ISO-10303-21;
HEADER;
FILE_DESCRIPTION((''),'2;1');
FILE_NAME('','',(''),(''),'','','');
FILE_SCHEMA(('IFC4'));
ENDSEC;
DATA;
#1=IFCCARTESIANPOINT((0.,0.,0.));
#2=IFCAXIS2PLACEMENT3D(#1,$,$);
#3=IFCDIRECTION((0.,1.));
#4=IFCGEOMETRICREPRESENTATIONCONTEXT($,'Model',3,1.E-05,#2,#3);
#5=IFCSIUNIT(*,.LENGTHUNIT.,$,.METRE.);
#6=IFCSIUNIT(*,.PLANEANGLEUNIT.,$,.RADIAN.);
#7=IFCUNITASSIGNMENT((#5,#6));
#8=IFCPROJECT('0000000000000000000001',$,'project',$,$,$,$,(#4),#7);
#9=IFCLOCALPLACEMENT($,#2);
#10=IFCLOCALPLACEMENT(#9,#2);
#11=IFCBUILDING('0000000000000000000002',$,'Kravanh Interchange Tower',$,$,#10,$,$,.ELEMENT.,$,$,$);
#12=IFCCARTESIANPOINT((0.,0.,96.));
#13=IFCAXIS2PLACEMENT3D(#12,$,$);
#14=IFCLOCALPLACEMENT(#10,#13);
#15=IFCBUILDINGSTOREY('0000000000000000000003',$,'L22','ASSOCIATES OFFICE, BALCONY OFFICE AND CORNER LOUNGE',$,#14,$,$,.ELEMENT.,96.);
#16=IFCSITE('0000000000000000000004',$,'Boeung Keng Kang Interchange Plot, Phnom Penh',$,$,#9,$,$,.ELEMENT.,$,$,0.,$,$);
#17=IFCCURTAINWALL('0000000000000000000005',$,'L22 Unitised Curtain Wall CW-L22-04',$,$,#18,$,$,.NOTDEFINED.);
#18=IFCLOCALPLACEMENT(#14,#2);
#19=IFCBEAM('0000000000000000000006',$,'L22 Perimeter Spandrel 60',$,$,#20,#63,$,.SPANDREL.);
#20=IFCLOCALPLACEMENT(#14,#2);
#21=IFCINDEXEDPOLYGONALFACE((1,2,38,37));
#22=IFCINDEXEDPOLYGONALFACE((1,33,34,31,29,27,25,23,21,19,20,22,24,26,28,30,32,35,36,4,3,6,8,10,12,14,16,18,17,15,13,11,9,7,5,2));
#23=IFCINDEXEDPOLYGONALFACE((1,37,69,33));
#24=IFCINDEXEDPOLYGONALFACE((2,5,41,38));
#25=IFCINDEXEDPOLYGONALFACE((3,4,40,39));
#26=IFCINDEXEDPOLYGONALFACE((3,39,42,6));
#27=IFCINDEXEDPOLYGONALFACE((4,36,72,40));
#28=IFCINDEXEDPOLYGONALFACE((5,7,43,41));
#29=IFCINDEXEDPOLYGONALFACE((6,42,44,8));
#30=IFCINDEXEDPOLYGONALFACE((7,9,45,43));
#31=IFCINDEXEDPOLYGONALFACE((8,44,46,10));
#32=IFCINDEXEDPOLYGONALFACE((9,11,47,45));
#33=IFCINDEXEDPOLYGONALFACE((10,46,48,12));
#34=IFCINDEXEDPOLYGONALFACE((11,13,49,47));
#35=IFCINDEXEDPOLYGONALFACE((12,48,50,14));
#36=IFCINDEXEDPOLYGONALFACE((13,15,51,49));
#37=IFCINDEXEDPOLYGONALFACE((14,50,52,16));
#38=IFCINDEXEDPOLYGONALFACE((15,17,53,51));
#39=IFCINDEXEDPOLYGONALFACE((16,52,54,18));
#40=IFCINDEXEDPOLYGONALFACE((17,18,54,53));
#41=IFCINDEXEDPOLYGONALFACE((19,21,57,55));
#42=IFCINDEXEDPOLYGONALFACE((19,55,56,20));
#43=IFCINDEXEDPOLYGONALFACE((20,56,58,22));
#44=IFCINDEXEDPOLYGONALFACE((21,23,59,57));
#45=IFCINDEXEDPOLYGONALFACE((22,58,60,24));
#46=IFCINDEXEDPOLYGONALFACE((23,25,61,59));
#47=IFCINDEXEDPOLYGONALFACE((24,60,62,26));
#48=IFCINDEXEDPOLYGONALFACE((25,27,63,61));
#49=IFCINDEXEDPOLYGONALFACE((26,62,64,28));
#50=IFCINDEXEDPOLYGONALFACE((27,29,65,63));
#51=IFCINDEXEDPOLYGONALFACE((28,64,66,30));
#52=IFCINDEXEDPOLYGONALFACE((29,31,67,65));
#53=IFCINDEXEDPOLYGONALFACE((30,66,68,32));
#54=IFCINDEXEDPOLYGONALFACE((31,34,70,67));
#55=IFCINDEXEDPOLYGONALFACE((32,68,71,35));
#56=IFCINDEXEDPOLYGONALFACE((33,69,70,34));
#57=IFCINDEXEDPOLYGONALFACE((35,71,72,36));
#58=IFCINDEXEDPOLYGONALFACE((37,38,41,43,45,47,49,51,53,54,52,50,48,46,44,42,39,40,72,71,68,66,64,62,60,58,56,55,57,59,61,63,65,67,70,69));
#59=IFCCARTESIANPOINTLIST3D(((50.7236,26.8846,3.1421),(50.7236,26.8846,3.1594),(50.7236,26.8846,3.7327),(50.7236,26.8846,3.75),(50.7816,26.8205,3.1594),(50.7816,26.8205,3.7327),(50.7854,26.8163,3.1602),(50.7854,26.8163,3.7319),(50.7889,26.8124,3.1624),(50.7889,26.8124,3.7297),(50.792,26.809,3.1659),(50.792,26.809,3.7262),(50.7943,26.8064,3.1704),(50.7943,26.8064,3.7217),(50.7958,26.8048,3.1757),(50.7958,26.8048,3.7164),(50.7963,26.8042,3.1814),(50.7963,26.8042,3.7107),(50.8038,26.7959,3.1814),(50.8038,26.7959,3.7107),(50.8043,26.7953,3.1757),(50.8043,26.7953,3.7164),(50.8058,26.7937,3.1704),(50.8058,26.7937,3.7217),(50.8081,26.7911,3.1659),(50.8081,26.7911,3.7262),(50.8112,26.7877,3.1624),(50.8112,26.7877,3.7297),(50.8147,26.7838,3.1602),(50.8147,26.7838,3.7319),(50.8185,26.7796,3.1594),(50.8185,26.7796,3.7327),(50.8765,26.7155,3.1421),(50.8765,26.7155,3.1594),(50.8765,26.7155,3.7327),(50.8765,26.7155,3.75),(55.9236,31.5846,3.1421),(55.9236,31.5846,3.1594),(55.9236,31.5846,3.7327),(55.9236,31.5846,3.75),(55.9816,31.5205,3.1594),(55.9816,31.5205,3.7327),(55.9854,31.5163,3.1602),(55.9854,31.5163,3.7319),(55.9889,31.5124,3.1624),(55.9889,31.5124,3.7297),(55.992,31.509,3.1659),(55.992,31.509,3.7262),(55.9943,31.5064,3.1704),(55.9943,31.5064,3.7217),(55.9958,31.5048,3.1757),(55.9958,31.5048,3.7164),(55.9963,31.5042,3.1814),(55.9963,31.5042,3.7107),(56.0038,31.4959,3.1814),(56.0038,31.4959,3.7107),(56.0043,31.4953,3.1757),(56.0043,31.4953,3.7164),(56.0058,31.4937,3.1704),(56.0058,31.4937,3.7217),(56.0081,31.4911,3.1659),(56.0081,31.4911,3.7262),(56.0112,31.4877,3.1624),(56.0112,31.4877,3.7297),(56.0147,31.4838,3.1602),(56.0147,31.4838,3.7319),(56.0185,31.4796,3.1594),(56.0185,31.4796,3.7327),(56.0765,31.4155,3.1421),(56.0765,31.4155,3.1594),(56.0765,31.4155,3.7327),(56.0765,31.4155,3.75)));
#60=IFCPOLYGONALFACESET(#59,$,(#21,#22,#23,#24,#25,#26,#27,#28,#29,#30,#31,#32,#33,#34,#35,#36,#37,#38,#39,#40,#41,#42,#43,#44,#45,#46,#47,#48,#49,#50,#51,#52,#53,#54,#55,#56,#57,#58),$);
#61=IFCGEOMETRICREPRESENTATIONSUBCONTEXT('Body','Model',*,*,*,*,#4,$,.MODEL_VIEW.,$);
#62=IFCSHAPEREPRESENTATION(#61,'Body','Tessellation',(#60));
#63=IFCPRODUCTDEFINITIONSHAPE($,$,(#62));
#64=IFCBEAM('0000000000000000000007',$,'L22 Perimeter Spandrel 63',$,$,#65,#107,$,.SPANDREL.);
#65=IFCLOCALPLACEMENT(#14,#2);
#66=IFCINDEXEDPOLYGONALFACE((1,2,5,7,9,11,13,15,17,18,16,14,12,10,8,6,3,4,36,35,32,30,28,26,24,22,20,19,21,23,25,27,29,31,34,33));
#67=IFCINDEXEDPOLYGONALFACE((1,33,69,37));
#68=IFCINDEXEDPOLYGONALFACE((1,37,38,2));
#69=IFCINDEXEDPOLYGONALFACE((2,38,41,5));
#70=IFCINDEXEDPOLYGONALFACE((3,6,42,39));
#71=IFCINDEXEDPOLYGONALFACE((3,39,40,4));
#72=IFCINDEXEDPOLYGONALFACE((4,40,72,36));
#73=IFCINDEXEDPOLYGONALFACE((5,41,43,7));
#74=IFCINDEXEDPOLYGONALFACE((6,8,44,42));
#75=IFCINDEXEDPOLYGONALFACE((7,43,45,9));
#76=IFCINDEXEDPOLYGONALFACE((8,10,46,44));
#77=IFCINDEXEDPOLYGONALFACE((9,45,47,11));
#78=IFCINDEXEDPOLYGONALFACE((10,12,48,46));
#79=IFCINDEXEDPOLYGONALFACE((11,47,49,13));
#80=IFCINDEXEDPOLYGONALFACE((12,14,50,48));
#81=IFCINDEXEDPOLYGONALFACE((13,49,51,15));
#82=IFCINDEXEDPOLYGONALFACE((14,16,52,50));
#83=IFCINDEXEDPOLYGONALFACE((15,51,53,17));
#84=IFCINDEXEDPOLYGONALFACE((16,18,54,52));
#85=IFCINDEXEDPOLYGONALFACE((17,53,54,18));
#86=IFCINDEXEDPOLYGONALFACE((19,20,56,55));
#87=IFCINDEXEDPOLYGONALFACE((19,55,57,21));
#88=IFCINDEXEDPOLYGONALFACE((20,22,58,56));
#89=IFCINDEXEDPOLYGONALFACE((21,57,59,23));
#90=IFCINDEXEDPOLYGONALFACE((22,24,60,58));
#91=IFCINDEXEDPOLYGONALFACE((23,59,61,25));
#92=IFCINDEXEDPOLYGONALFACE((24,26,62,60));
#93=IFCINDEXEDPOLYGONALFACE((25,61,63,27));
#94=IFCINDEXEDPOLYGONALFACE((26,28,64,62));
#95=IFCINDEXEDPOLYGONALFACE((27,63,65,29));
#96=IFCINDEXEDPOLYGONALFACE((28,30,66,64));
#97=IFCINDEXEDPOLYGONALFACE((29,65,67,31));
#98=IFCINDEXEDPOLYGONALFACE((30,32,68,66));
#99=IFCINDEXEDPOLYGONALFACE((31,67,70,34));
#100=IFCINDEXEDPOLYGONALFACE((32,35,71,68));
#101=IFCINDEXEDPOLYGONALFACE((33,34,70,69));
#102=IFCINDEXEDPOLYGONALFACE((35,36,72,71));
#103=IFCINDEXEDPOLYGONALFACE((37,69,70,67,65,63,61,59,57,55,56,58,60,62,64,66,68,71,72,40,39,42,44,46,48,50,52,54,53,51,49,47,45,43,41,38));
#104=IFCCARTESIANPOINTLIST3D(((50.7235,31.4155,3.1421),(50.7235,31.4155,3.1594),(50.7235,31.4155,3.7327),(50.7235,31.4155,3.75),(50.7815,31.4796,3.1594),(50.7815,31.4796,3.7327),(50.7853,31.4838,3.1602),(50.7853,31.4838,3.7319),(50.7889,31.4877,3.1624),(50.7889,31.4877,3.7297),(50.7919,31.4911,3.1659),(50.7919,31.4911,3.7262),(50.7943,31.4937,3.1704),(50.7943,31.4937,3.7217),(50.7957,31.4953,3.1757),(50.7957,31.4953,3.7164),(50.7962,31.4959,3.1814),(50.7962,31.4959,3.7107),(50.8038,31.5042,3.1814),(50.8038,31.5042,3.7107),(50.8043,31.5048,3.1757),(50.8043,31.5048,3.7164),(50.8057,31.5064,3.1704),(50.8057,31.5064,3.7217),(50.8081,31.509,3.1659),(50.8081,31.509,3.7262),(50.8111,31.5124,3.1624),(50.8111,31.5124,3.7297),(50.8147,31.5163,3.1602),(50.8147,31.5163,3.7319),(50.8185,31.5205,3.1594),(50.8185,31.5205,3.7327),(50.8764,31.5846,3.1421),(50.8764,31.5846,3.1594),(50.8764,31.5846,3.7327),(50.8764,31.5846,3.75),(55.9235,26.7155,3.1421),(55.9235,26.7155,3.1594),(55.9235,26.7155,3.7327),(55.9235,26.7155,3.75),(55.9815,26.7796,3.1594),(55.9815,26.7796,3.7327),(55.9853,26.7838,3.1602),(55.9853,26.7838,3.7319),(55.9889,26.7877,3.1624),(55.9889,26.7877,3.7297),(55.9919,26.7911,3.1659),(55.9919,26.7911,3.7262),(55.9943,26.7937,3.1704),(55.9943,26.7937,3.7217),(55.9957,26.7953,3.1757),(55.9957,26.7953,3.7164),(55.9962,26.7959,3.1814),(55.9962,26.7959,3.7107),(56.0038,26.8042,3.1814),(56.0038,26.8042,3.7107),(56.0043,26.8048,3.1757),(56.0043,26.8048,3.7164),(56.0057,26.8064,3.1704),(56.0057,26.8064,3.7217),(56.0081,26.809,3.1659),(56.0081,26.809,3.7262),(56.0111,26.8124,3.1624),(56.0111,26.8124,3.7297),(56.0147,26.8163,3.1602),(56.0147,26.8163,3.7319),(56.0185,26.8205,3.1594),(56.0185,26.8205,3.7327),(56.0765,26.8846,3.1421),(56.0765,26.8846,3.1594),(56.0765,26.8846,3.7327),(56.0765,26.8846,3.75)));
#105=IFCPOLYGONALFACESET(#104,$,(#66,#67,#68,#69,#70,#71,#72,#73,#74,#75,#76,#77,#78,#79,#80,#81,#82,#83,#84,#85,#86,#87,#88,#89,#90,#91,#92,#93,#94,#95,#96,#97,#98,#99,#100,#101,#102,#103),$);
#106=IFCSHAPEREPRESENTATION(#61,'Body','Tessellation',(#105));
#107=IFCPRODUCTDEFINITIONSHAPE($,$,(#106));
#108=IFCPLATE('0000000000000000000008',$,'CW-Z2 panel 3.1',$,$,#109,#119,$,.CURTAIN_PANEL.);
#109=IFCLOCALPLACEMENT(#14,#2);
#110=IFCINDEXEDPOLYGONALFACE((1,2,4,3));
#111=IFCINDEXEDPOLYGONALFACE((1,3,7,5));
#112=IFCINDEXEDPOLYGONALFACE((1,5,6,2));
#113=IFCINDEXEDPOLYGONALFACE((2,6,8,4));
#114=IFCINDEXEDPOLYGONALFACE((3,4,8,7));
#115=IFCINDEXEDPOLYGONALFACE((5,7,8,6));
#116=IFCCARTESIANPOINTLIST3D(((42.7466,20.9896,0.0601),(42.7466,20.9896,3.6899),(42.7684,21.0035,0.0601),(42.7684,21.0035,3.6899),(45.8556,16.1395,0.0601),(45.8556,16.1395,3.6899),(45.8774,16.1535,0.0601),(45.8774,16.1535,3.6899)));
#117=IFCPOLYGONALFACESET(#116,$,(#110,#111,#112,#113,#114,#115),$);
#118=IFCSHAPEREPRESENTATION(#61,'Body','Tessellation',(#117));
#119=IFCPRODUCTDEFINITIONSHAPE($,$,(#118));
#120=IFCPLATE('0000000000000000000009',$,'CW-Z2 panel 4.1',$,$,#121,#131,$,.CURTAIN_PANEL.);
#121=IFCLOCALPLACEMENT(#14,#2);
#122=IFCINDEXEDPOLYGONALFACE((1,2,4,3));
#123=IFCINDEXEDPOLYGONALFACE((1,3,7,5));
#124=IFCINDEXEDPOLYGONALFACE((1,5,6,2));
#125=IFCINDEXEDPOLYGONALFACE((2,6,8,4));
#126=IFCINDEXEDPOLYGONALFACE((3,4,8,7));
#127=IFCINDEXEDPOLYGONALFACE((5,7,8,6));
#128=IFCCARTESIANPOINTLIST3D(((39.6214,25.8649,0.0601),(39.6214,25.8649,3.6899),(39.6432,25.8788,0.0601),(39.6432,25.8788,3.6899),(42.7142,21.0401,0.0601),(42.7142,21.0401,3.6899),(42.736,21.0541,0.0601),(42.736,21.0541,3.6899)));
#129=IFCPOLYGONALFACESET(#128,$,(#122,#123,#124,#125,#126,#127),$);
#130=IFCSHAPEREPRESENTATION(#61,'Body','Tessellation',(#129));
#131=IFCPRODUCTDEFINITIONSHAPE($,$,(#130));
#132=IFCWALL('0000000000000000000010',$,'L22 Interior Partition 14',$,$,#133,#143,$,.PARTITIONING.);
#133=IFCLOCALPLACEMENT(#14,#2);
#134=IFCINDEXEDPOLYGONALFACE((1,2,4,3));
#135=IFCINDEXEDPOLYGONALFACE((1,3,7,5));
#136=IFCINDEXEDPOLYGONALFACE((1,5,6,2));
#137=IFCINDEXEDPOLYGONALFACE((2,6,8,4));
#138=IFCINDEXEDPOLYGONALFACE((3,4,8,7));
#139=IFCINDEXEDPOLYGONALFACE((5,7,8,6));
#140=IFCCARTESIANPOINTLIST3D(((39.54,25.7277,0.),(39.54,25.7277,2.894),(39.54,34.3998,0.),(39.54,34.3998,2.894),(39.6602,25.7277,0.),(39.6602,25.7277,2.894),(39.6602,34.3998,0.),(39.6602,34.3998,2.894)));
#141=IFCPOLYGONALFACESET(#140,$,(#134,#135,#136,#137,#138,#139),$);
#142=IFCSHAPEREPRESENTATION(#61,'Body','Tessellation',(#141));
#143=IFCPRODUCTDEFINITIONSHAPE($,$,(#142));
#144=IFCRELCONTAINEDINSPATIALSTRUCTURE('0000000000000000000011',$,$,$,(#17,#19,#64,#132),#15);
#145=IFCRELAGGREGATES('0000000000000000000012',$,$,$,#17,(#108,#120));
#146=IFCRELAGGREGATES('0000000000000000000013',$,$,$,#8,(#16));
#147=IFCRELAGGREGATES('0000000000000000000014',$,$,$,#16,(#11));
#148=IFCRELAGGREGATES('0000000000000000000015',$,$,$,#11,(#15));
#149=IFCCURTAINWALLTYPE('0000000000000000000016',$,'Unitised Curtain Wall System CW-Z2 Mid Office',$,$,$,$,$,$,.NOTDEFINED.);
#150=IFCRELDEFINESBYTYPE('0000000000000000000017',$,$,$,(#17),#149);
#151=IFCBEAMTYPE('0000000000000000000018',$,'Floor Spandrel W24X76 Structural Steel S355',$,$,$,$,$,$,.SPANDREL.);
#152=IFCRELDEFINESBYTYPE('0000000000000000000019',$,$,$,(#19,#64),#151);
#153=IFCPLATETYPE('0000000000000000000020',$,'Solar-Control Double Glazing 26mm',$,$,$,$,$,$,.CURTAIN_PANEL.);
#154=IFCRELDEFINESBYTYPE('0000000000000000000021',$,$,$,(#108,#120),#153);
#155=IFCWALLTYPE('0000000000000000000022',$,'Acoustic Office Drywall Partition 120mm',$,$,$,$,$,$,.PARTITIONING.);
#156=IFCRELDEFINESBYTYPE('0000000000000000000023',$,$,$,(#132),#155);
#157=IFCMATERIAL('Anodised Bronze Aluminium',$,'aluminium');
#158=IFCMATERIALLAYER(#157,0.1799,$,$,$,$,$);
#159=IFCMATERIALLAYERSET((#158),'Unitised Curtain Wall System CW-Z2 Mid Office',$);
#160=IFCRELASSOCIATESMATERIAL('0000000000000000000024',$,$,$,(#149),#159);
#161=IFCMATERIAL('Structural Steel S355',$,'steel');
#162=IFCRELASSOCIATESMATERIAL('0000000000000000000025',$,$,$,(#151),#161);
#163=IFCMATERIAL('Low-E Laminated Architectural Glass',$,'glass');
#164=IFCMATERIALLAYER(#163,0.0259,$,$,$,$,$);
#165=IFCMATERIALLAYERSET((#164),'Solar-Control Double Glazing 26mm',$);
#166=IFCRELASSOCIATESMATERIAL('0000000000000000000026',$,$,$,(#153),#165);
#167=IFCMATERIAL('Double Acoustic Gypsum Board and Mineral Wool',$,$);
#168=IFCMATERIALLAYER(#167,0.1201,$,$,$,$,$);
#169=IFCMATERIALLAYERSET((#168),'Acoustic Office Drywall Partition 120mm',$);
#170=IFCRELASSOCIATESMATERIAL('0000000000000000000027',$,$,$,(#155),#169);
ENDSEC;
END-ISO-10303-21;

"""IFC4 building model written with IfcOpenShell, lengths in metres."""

from ifc_helpers import new_model, si_unit, direction, frame, frame_2d, origin, origin_2d, place, context, subcontext, project, spatial, rectangle, i_section, extrude, material, layer, layer_set, material_profile, profile_set, type_object, element, aggregate, save


model = new_model("IFC4")

# Units and contexts
model_context = context("Model", 3, precision=1e-05, world=origin(), true_north=direction((0.0, 1.0)))
body_context = subcontext(model_context, "Body", "Model", "MODEL_VIEW")
ifc_project = project(units=[si_unit("LENGTHUNIT", "METRE"), si_unit("PLANEANGLEUNIT", "RADIAN")], contexts=[model_context])

# Site, building, storey
site_placement = place(None, origin())
site = spatial("IfcSite", under=ifc_project, at=site_placement, Name="Boeung Keng Kang Interchange Plot, Phnom Penh", CompositionType="ELEMENT", RefElevation=0.0)
building_placement = place(site_placement, origin())
building = spatial("IfcBuilding", under=site, at=building_placement, Name="Kravanh Interchange Tower", CompositionType="ELEMENT")
storey_placement = place(building_placement, frame((0.0, 0.0, 96.0)))
storey = spatial("IfcBuildingStorey", under=building, at=storey_placement, Name="L22", Description="ASSOCIATES OFFICE, BALCONY OFFICE AND CORNER LOUNGE", CompositionType="ELEMENT", Elevation=96.0)

# Curtain wall
ifc_material_1 = material(Name="Anodised Bronze Aluminium", Category="aluminium")
ifc_layer_1 = layer(ifc_material_1, 0.1799)
ifc_layer_set_1 = layer_set([ifc_layer_1], Name="Unitised Curtain Wall System CW-Z2 Mid Office")
curtain_wall_type = type_object("IfcCurtainWallType", Name="Unitised Curtain Wall System CW-Z2 Mid Office", PredefinedType="NOTDEFINED", material=ifc_layer_set_1)
curtain_wall_1_placement = place(storey_placement, origin())
curtain_wall_1 = element("IfcCurtainWall", 1, at=curtain_wall_1_placement, inside=storey, type_object=curtain_wall_type, Name="L22 Unitised Curtain Wall CW-L22-04", PredefinedType="NOTDEFINED")

# Beams
ifc_material_2 = material(Name="Structural Steel S355", Category="steel")
ifc_material_profile_1 = material_profile(ifc_material_2, i_section(OverallWidth=0.228, OverallDepth=0.6079, WebThickness=0.0112, FlangeThickness=0.0173, FilletRadius=0.022, at=origin_2d()), Name="W24X76")
ifc_profile_set_1 = profile_set([ifc_material_profile_1], Name="Structural Steel S355")
beam_type_1 = type_object("IfcBeamType", Name="Floor Spandrel W24X76 Structural Steel S355", PredefinedType="SPANDREL", material=ifc_profile_set_1)
for number, where, z_axis, x_axis, name in (
    (2, (50.8, 26.8, 3.446), (0.741874, 0.670539, 0.0), (-0.670539, 0.741874, 0.0), "L22 Perimeter Spandrel 60"),
    (3, (56.0, 26.8, 3.446), (-0.741874, 0.670539, 0.0), (-0.670539, -0.741874, 0.0), "L22 Perimeter Spandrel 63"),
):
    element("IfcBeam", number, at=place(storey_placement, frame(where, z_axis=z_axis, x_axis=x_axis)), inside=storey, type_object=beam_type_1, Name=name, PredefinedType="SPANDREL", context=body_context, shape_type="SweptSolid", body=[
        extrude(i_section(OverallWidth=0.228, OverallDepth=0.6079, WebThickness=0.0112, FlangeThickness=0.0173, FilletRadius=0.022, at=origin_2d()), origin(), (0.0, 0.0, 1.0), 7.0093),
    ])

# Plates
ifc_material_3 = material(Name="Low-E Laminated Architectural Glass", Category="glass")
ifc_layer_2 = layer(ifc_material_3, 0.0259)
ifc_layer_set_2 = layer_set([ifc_layer_2], Name="Solar-Control Double Glazing 26mm")
plate_type = type_object("IfcPlateType", Name="Solar-Control Double Glazing 26mm", PredefinedType="CURTAIN_PANEL", material=ifc_layer_set_2)
plate_1_placement = place(storey_placement, frame((44.312, 18.5715, 0.0601), z_axis=(0.0, 0.0, 1.0), x_axis=(-0.539665, 0.84188, 0.0)))
plate_1 = element("IfcPlate", 4, at=plate_1_placement, type_object=plate_type, Name="CW-Z2 panel 3.1", PredefinedType="CURTAIN_PANEL", context=body_context, shape_type="SweptSolid", body=[
    extrude(rectangle(XDim=5.761, YDim=0.0259, at=origin_2d()), origin(), (0.0, 0.0, 1.0), 3.6299),
])
plate_2_placement = place(storey_placement, frame((41.1787, 23.4595, 0.0601), z_axis=(0.0, 0.0, 1.0), x_axis=(-0.539665, 0.84188, 0.0)))
plate_2 = element("IfcPlate", 5, at=plate_2_placement, type_object=plate_type, Name="CW-Z2 panel 4.1", PredefinedType="CURTAIN_PANEL", context=body_context, shape_type="SweptSolid", body=[
    extrude(rectangle(XDim=5.731, YDim=0.0259, at=origin_2d()), origin(), (0.0, 0.0, 1.0), 3.6299),
])
aggregate(curtain_wall_1, [plate_1, plate_2])

# Wall
ifc_material_4 = material(Name="Double Acoustic Gypsum Board and Mineral Wool")
ifc_layer_3 = layer(ifc_material_4, 0.1201)
ifc_layer_set_3 = layer_set([ifc_layer_3], Name="Acoustic Office Drywall Partition 120mm")
wall_type = type_object("IfcWallType", Name="Acoustic Office Drywall Partition 120mm", PredefinedType="PARTITIONING", material=ifc_layer_set_3)
wall_placement = place(storey_placement, frame((39.6001, 25.7278, 0.0), z_axis=(0.0, 0.0, 1.0), x_axis=(0.0, 1.0, 0.0)))
element("IfcWall", 6, at=wall_placement, inside=storey, type_object=wall_type, Name="L22 Interior Partition 14", PredefinedType="PARTITIONING", context=body_context, shape_type="SweptSolid", body=[
    extrude(rectangle(XDim=8.6721, YDim=0.1201, at=frame_2d((4.3359, 0.0))), origin(), (0.0, 0.0, 1.0), 2.894),
])

save(model, "model.ifc")
